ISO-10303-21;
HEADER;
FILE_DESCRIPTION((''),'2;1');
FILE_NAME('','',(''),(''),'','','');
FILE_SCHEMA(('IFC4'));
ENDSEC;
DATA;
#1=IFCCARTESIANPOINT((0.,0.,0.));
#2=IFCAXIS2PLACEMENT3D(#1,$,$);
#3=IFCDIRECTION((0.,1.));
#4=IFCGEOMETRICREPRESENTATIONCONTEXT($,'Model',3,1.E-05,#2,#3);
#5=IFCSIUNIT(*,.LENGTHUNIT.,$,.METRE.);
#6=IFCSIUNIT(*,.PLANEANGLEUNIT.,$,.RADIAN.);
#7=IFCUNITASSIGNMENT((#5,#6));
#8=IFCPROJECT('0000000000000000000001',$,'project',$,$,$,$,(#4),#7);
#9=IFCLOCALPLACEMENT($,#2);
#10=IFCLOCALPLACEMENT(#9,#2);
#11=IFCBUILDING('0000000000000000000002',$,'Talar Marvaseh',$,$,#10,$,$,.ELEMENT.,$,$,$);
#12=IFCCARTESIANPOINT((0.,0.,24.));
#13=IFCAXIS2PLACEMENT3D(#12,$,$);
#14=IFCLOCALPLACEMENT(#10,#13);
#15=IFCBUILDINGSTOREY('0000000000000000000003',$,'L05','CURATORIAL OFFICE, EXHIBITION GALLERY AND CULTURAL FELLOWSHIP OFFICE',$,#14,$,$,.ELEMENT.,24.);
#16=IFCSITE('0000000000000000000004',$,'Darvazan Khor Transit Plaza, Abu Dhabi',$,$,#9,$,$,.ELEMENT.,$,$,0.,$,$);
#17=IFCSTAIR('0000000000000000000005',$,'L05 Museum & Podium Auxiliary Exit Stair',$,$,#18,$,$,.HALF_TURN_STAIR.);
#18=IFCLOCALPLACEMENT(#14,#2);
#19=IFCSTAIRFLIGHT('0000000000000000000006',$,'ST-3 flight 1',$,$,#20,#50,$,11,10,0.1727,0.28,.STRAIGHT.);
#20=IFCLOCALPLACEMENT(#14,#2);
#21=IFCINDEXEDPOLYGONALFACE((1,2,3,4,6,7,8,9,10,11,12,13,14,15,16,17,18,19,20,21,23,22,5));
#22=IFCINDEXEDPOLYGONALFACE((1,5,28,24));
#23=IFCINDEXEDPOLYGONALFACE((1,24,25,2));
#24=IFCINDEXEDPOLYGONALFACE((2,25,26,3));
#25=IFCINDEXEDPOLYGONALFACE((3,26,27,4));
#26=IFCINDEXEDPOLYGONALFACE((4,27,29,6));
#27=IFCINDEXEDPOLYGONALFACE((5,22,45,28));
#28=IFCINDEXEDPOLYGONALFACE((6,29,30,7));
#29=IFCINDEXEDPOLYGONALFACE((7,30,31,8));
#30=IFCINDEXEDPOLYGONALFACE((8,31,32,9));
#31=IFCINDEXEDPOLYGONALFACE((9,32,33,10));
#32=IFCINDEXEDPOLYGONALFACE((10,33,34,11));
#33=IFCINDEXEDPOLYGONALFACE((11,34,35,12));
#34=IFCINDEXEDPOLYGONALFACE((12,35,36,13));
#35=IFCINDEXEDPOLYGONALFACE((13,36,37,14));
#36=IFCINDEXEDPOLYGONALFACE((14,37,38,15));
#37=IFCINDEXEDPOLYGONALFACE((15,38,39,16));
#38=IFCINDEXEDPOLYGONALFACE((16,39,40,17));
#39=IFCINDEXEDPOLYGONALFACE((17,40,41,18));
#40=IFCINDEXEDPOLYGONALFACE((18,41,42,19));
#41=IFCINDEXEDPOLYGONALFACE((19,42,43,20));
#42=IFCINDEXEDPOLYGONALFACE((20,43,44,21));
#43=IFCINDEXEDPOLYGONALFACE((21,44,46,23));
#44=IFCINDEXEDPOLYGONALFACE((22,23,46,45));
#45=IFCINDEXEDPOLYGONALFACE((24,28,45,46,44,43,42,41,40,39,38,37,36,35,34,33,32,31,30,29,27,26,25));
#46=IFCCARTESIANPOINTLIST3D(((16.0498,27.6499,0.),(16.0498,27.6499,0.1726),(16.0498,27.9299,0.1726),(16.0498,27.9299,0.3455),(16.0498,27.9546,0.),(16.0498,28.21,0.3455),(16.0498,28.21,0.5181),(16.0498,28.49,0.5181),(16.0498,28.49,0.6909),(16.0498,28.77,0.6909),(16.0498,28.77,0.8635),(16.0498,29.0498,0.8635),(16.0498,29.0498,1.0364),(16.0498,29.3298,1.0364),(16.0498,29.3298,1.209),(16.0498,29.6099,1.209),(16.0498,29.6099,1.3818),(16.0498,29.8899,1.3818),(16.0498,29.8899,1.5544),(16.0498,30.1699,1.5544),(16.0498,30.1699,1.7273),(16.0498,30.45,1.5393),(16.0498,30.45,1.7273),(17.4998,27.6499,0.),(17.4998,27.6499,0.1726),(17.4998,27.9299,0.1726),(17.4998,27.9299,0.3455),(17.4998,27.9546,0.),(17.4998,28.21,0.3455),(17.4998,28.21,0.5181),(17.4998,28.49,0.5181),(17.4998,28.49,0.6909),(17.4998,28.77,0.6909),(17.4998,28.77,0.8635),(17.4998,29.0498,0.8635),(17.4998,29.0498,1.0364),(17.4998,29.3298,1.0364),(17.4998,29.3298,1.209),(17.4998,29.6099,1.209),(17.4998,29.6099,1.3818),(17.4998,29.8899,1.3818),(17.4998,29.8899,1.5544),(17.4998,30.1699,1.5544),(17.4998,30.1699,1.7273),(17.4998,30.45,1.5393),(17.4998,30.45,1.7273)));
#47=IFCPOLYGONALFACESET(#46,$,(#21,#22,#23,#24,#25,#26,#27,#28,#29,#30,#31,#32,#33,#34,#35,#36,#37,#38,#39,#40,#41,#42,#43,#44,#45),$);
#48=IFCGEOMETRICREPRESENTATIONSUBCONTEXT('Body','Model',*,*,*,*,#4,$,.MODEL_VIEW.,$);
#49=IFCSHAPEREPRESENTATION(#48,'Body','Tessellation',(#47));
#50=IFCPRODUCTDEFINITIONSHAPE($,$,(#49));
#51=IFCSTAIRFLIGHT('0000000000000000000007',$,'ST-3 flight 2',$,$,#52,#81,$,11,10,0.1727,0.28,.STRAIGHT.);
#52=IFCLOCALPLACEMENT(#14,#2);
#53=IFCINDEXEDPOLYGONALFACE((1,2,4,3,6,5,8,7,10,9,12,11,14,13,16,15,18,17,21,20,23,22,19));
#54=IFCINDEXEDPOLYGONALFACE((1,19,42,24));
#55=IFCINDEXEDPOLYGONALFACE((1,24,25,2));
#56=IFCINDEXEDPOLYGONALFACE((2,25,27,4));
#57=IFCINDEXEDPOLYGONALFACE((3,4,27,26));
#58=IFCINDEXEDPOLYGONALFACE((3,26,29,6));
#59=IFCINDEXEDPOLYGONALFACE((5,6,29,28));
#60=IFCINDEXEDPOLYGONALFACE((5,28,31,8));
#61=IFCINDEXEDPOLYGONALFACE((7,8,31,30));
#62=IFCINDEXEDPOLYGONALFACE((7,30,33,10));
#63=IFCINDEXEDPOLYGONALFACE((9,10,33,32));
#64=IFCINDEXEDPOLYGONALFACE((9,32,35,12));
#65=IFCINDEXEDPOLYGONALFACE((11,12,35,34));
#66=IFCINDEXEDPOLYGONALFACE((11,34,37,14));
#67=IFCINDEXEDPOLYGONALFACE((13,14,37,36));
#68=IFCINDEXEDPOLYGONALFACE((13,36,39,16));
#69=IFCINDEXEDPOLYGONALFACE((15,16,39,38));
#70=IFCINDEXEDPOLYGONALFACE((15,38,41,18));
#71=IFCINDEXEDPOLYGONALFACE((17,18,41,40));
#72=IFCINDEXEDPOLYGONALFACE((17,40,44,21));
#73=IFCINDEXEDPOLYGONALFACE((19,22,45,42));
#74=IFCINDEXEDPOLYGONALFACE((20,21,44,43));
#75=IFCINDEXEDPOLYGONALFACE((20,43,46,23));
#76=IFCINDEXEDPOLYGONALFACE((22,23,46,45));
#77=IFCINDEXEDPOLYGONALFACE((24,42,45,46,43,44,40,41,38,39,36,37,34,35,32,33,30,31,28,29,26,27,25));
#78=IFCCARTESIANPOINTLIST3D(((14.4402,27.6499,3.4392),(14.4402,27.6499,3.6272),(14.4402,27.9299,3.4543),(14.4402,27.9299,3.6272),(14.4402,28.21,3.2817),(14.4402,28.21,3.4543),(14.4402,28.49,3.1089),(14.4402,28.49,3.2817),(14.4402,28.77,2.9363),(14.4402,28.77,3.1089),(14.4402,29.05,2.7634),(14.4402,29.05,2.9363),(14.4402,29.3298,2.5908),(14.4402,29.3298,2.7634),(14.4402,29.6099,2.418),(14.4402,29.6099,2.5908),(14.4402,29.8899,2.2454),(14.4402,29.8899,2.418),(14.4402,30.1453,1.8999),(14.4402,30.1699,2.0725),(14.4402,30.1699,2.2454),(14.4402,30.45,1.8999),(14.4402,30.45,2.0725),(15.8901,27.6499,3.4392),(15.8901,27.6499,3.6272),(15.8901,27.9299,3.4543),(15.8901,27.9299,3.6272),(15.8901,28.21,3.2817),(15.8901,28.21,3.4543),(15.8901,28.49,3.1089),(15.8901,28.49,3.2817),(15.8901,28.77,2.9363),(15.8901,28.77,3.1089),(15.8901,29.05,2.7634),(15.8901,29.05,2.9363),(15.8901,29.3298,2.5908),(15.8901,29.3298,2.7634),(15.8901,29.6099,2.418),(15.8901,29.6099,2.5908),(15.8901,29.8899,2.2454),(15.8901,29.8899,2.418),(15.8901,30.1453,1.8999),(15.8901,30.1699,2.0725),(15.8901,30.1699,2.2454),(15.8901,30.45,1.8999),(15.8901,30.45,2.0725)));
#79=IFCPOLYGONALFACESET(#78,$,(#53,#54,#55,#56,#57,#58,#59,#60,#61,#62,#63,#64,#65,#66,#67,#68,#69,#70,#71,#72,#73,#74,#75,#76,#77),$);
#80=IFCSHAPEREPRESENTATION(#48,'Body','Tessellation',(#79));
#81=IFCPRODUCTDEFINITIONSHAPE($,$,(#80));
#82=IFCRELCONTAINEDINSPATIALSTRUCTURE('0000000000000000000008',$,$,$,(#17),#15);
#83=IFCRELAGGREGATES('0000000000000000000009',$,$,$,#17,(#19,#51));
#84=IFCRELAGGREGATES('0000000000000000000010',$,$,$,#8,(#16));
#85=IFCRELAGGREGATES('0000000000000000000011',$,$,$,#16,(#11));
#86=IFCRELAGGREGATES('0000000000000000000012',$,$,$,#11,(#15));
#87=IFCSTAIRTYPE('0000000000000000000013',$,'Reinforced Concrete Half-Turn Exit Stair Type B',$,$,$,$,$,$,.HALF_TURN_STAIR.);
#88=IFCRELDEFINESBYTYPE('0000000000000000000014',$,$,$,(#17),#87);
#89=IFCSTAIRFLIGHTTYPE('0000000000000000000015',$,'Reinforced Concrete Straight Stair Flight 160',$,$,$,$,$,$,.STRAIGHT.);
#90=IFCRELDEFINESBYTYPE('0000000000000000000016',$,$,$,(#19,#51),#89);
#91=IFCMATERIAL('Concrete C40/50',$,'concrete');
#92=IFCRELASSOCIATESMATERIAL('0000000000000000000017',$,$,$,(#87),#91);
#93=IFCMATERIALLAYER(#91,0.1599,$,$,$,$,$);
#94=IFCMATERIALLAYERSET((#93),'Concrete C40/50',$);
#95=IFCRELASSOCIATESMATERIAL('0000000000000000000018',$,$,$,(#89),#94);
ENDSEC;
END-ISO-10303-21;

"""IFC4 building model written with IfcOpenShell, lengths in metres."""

from ifc_helpers import new_model, si_unit, direction, frame, origin, place, context, subcontext, project, spatial, polyline, outline, extrude, material, layer, layer_set, type_object, element, aggregate, save


model = new_model("IFC4")

# Units and contexts
model_context = context("Model", 3, precision=1e-05, world=origin(), true_north=direction((0.0, 1.0)))
body_context = subcontext(model_context, "Body", "Model", "MODEL_VIEW")
ifc_project = project(units=[si_unit("LENGTHUNIT", "METRE"), si_unit("PLANEANGLEUNIT", "RADIAN")], contexts=[model_context])

# Site, building, storey
site_placement = place(None, origin())
site = spatial("IfcSite", under=ifc_project, at=site_placement, Name="Darvazan Khor Transit Plaza, Abu Dhabi", CompositionType="ELEMENT", RefElevation=0.0)
building_placement = place(site_placement, origin())
building = spatial("IfcBuilding", under=site, at=building_placement, Name="Talar Marvaseh", CompositionType="ELEMENT")
storey_placement = place(building_placement, frame((0.0, 0.0, 24.0)))
storey = spatial("IfcBuildingStorey", under=building, at=storey_placement, Name="L05", Description="CURATORIAL OFFICE, EXHIBITION GALLERY AND CULTURAL FELLOWSHIP OFFICE", CompositionType="ELEMENT", Elevation=24.0)

# Shared definitions
ifc_material_1 = material(Name="Concrete C40/50", Category="concrete")

# Stair, stair flights
stair_type = type_object("IfcStairType", Name="Reinforced Concrete Half-Turn Exit Stair Type B", PredefinedType="HALF_TURN_STAIR", material=ifc_material_1)
stair_placement = place(storey_placement, origin())
stair = element("IfcStair", 1, at=stair_placement, inside=storey, type_object=stair_type, Name="L05 Museum & Podium Auxiliary Exit Stair", PredefinedType="HALF_TURN_STAIR")
ifc_layer_1 = layer(ifc_material_1, 0.1599)
ifc_layer_set_1 = layer_set([ifc_layer_1], Name="Concrete C40/50")
stair_flight_type = type_object("IfcStairFlightType", Name="Reinforced Concrete Straight Stair Flight 160", PredefinedType="STRAIGHT", material=ifc_layer_set_1)
stair_flight_1_placement = place(storey_placement, frame((16.7749, 27.6499, 0.0), z_axis=(0.0, 0.0, 1.0), x_axis=(0.0, 1.0, 0.0)))
stair_flight_1 = element("IfcStairFlight", 2, at=stair_flight_1_placement, type_object=stair_flight_type, Name="ST-3 flight 1", NumberOfRisers=11, NumberOfTreads=10, PredefinedType="STRAIGHT", RiserHeight=0.1727, TreadLength=0.28, context=body_context, shape_type="SweptSolid", body=[
    extrude(outline(polyline([(0.0, 0.0), (0.0, 0.1726), (0.28, 0.1726), (0.28, 0.3455), (0.5601, 0.3455), (0.5601, 0.5181), (0.8401, 0.5181), (0.8401, 0.6909), (1.1201, 0.6909), (1.1201, 0.8635), (1.3999, 0.8635), (1.3999, 1.0364), (1.6799, 1.0364), (1.6799, 1.209), (1.96, 1.209), (1.96, 1.3818), (2.24, 1.3818), (2.24, 1.5544), (2.52, 1.5544), (2.52, 1.7273), (2.8, 1.7273), (2.8, 1.8999), (2.8, 1.5393), (0.3047, 0.0), (0.0, 0.0)])), frame((0.0, 0.7251, 0.0), z_axis=(0.0, -1.0, 0.0), x_axis=(1.0, 0.0, 0.0)), (0.0, 0.0, 1.0), 1.45),
])
stair_flight_2_placement = place(storey_placement, frame((15.165, 30.45, 1.8999), z_axis=(0.0, 0.0, 1.0), x_axis=(0.0, -1.0, 0.0)))
stair_flight_2 = element("IfcStairFlight", 3, at=stair_flight_2_placement, type_object=stair_flight_type, Name="ST-3 flight 2", NumberOfRisers=11, NumberOfTreads=10, PredefinedType="STRAIGHT", RiserHeight=0.1727, TreadLength=0.28, context=body_context, shape_type="SweptSolid", body=[
    extrude(outline(polyline([(0.0, 0.0), (0.0, 0.1726), (0.28, 0.1726), (0.28, 0.3455), (0.5601, 0.3455), (0.5601, 0.5181), (0.8401, 0.5181), (0.8401, 0.6909), (1.1201, 0.6909), (1.1201, 0.8635), (1.3999, 0.8635), (1.3999, 1.0364), (1.6799, 1.0364), (1.6799, 1.209), (1.96, 1.209), (1.96, 1.3818), (2.24, 1.3818), (2.24, 1.5544), (2.52, 1.5544), (2.52, 1.7273), (2.8, 1.7273), (2.8, 1.8999), (2.8, 1.5393), (0.3047, 0.0), (0.0, 0.0)])), frame((0.0, 0.7251, 0.0), z_axis=(0.0, -1.0, 0.0), x_axis=(1.0, 0.0, 0.0)), (0.0, 0.0, 1.0), 1.45),
])
aggregate(stair, [stair_flight_1, stair_flight_2])

save(model, "model.ifc")
